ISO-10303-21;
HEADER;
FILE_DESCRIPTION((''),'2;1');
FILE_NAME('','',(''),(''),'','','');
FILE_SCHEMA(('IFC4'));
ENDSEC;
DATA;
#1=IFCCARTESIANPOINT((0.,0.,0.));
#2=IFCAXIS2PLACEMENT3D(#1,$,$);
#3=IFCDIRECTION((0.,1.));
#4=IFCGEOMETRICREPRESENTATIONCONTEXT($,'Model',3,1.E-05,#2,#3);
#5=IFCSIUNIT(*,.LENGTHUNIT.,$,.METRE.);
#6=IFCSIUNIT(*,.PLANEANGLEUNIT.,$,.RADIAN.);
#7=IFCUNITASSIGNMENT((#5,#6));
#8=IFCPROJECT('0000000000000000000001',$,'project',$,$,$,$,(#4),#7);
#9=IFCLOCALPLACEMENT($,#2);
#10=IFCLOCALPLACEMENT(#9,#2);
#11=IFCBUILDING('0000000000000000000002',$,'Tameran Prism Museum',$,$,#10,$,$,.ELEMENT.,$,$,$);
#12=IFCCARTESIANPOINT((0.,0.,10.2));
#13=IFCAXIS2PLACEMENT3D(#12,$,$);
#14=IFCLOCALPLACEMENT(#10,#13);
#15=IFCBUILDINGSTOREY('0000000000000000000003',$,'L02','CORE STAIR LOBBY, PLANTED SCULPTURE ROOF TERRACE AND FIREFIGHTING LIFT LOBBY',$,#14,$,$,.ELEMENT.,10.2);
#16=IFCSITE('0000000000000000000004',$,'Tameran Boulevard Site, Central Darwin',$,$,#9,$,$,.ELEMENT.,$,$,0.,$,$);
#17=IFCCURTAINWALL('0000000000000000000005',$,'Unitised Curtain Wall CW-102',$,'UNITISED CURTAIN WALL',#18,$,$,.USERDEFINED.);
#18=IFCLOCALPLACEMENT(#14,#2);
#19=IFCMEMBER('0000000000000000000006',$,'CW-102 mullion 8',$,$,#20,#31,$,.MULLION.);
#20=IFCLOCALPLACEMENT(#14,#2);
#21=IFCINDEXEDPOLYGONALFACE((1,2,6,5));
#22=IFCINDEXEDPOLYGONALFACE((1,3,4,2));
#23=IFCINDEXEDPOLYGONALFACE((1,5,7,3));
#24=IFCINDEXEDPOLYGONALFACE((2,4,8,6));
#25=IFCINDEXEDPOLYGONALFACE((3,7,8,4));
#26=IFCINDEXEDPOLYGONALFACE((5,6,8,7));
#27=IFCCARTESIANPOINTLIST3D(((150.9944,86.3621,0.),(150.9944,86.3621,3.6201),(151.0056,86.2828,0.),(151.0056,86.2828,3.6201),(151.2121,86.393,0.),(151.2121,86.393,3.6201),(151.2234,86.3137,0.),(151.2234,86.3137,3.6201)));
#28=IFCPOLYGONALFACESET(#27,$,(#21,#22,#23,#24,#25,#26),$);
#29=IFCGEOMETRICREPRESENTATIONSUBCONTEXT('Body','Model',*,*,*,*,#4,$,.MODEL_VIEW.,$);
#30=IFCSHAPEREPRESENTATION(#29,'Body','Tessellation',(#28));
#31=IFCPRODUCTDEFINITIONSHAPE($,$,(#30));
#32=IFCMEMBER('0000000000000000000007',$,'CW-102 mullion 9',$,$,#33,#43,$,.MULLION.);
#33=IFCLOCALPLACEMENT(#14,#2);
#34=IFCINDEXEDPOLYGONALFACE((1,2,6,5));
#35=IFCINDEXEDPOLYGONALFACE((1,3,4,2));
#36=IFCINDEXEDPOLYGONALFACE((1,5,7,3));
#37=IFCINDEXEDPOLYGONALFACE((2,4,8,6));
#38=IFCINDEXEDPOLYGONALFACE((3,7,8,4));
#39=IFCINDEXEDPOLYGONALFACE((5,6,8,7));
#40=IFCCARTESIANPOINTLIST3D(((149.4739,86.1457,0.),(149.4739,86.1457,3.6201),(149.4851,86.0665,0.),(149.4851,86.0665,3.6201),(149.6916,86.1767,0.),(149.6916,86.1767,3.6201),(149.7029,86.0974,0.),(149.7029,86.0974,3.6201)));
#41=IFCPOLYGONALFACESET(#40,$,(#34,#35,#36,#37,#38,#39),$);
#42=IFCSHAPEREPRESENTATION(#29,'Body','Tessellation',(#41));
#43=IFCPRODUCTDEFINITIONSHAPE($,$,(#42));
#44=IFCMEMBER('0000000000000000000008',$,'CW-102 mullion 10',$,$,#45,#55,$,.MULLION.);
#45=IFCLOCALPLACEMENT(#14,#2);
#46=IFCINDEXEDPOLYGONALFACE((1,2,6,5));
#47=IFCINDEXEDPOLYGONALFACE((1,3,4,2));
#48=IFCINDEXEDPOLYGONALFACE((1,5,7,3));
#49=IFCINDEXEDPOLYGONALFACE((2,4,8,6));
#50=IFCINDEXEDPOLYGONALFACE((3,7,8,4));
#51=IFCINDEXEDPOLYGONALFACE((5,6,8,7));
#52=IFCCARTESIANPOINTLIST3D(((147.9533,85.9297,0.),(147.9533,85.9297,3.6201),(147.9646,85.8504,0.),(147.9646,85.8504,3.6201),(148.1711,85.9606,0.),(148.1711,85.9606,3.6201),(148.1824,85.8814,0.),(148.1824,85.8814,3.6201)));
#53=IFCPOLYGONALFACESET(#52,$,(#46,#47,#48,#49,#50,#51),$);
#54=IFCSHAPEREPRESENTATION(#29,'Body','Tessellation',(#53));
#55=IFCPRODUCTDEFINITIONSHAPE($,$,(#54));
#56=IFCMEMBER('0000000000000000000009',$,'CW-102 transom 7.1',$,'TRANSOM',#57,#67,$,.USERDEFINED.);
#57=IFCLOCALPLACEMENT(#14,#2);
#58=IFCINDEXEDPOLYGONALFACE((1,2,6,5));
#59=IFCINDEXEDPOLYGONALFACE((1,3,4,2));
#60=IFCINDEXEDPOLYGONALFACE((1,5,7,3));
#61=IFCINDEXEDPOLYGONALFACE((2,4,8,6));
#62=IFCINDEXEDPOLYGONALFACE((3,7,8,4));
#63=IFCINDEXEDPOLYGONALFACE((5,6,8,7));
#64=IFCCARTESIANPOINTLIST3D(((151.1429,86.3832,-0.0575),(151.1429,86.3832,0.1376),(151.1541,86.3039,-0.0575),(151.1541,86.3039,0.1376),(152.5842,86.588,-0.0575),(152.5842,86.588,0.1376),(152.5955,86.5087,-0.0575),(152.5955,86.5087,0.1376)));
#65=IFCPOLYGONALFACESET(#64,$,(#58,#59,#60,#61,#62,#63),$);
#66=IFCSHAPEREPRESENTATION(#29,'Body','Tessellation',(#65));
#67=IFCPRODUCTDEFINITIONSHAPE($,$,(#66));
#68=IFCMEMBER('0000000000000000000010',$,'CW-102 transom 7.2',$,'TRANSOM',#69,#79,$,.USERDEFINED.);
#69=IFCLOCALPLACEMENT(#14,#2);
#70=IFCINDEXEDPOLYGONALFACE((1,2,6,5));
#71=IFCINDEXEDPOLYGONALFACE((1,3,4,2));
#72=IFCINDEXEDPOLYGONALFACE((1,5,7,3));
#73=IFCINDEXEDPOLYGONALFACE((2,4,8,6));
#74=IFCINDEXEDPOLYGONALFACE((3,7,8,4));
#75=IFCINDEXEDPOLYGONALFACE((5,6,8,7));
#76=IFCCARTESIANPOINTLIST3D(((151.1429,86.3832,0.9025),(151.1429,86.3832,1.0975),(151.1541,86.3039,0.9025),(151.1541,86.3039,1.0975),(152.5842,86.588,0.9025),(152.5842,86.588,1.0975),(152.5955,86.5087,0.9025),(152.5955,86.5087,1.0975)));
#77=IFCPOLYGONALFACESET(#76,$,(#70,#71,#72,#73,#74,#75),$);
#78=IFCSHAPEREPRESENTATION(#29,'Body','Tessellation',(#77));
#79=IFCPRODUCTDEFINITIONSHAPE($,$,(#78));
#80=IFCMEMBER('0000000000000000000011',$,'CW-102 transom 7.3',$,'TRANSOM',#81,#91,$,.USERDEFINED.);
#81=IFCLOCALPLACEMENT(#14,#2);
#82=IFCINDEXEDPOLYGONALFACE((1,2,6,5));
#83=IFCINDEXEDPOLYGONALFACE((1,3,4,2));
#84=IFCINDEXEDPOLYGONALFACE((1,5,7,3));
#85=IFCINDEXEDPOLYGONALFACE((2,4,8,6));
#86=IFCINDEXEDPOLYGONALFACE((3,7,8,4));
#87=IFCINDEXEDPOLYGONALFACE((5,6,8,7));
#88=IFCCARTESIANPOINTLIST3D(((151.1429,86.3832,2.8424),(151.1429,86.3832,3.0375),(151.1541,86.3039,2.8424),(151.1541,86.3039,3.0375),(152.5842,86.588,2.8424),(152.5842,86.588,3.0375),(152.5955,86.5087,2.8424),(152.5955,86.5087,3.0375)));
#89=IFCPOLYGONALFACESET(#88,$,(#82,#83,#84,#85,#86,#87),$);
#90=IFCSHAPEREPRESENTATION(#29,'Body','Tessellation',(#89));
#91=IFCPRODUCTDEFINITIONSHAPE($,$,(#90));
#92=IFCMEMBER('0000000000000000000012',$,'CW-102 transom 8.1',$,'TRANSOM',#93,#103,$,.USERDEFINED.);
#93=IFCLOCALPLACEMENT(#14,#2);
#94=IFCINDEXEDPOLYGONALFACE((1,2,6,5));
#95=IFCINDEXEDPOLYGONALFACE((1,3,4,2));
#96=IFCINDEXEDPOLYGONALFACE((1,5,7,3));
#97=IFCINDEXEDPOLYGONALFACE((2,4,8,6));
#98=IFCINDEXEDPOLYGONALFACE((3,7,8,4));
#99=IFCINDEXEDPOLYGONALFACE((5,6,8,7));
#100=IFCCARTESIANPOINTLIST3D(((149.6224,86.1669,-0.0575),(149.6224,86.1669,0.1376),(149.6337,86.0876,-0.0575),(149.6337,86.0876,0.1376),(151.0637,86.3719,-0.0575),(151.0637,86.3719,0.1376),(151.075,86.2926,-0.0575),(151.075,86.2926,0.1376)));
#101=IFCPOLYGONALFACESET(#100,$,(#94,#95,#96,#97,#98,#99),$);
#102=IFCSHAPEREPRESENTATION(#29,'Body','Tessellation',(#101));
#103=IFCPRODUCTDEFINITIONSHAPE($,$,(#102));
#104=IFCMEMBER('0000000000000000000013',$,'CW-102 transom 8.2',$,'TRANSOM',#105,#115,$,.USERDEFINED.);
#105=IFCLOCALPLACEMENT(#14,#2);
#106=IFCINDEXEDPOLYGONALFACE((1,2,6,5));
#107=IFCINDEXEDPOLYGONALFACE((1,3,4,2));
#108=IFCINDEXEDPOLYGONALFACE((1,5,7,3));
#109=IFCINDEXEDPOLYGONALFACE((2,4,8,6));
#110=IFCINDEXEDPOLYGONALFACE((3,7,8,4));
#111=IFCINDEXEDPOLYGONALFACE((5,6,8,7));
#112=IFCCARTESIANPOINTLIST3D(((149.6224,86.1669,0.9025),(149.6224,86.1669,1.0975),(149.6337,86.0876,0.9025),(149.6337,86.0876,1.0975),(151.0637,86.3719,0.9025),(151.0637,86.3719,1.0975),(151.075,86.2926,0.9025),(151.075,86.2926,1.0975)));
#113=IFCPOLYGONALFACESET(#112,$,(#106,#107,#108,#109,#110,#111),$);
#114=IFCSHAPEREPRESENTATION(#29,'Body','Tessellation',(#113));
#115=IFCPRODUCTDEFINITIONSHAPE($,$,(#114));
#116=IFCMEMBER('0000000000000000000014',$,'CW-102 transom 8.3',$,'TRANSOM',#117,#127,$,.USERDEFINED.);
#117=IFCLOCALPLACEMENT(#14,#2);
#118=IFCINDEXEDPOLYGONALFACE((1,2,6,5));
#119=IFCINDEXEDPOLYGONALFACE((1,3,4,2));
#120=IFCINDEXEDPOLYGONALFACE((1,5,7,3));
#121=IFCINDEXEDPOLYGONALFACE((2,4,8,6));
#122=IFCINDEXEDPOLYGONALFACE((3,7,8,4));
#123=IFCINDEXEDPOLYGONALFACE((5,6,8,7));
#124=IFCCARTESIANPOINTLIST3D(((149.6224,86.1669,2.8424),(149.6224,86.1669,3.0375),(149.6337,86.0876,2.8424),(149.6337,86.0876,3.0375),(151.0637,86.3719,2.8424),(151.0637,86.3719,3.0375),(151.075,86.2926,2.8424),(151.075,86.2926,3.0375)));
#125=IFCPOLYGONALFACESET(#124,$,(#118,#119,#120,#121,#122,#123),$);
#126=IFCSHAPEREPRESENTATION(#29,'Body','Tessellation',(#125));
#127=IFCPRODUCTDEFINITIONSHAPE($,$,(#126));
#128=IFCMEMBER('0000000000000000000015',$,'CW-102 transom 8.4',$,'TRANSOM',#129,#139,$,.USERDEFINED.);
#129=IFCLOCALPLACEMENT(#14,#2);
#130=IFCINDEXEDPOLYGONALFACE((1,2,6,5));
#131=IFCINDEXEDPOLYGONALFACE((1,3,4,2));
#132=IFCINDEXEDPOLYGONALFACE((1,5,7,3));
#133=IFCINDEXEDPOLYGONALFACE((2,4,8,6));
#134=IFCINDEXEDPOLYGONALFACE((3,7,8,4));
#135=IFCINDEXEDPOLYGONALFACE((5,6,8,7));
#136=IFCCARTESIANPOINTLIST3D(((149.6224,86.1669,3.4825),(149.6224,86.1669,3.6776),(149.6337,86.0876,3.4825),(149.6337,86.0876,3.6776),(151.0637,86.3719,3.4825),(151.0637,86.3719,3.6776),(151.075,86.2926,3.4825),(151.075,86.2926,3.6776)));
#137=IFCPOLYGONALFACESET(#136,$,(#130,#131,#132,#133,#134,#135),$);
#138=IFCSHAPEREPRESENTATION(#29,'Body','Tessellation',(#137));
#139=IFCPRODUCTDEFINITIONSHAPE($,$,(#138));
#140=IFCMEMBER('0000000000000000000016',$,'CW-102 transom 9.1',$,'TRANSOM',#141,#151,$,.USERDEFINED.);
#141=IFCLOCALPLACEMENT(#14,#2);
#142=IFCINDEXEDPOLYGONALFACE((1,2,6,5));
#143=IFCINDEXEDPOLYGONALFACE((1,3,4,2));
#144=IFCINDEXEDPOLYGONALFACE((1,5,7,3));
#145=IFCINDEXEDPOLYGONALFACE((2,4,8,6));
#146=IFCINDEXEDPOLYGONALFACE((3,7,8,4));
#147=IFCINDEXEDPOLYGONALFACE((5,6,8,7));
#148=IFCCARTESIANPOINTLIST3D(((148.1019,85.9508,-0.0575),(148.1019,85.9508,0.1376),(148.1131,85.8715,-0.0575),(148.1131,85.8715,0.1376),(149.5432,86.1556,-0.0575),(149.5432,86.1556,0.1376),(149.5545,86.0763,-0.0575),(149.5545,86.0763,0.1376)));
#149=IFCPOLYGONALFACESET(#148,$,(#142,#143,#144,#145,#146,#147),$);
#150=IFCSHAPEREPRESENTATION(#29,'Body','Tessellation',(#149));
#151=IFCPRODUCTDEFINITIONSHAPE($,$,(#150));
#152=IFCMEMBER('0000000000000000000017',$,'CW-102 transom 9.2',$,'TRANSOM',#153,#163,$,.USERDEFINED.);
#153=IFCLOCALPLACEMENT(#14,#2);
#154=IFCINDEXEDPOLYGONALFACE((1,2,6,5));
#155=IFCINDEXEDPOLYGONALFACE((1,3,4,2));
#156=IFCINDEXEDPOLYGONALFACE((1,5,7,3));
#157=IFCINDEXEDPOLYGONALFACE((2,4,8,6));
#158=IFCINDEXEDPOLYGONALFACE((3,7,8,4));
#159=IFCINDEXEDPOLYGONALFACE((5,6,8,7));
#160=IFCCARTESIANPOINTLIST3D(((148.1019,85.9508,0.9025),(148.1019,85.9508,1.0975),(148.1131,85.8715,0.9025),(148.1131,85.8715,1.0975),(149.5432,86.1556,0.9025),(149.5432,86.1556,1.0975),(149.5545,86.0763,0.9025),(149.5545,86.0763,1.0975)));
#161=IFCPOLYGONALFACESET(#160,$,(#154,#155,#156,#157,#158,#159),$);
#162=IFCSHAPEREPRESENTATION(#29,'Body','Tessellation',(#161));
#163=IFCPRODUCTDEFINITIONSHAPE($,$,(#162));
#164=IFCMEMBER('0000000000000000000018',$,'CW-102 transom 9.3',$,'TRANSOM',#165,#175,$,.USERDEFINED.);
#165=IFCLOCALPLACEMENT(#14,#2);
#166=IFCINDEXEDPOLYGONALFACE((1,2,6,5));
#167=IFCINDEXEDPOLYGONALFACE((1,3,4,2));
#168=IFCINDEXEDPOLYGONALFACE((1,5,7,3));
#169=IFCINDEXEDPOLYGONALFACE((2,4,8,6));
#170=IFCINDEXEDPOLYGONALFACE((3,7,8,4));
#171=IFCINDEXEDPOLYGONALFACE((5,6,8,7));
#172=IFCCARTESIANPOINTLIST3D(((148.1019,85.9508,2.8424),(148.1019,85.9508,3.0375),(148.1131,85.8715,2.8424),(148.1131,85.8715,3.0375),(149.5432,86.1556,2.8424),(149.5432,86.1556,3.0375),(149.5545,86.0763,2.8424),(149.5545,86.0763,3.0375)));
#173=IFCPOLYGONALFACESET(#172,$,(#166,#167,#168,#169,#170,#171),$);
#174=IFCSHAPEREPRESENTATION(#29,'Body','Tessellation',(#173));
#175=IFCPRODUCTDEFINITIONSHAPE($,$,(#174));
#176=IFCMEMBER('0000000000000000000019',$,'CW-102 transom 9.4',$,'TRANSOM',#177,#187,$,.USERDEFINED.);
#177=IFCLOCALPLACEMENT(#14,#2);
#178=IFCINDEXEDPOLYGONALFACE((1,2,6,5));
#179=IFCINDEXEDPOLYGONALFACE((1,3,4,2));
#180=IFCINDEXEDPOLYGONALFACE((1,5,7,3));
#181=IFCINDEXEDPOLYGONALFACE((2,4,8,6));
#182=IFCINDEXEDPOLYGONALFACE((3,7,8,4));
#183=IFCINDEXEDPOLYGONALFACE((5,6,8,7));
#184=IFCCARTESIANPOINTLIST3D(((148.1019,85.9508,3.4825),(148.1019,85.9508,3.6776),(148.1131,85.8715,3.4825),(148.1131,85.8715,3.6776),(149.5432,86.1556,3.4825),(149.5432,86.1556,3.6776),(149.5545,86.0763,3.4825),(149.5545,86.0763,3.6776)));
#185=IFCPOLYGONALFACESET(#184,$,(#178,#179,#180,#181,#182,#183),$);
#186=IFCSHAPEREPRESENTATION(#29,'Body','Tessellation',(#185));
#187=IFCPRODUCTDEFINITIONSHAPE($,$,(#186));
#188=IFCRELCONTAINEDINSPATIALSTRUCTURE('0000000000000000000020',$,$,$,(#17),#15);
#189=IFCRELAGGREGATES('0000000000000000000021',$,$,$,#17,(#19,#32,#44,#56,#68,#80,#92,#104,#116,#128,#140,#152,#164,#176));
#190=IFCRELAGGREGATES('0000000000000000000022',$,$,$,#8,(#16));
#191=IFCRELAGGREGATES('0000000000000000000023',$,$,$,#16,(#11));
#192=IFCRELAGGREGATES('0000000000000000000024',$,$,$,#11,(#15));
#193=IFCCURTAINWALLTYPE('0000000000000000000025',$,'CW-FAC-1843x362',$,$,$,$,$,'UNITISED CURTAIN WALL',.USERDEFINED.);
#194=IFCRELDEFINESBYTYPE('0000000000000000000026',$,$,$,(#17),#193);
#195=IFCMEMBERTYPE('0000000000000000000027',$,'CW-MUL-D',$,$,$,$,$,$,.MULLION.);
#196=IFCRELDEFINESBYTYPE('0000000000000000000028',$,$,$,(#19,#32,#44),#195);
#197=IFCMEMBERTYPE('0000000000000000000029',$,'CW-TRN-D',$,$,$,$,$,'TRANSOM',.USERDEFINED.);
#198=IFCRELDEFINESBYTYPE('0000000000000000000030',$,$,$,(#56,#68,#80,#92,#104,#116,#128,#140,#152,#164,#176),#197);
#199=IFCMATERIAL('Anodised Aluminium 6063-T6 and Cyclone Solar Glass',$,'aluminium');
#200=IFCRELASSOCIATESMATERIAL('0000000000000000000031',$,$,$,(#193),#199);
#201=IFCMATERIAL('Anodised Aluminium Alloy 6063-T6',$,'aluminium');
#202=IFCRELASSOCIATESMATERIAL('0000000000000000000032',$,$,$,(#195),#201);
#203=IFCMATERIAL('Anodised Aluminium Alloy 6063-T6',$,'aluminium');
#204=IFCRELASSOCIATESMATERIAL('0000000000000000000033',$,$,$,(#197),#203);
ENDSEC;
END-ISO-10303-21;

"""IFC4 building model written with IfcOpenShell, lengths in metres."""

from ifc_helpers import new_model, si_unit, direction, frame, origin, origin_2d, place, context, subcontext, project, spatial, rectangle, extrude, material, material_profile, profile_set, type_object, element, aggregate, save


model = new_model("IFC4")

# Units and contexts
model_context = context("Model", 3, precision=1e-05, world=origin(), true_north=direction((0.0, 1.0)))
body_context = subcontext(model_context, "Body", "Model", "MODEL_VIEW")
ifc_project = project(units=[si_unit("LENGTHUNIT", "METRE"), si_unit("PLANEANGLEUNIT", "RADIAN")], contexts=[model_context])

# Site, building, storey
site_placement = place(None, origin())
site = spatial("IfcSite", under=ifc_project, at=site_placement, Name="Tameran Boulevard Site, Central Darwin", CompositionType="ELEMENT", RefElevation=0.0)
building_placement = place(site_placement, origin())
building = spatial("IfcBuilding", under=site, at=building_placement, Name="Tameran Prism Museum", CompositionType="ELEMENT")
storey_placement = place(building_placement, frame((0.0, 0.0, 10.2)))
storey = spatial("IfcBuildingStorey", under=building, at=storey_placement, Name="L02", Description="CORE STAIR LOBBY, PLANTED SCULPTURE ROOF TERRACE AND FIREFIGHTING LIFT LOBBY", CompositionType="ELEMENT", Elevation=10.2)

# Curtain wall, members
ifc_material_1 = material(Name="Anodised Aluminium 6063-T6 and Cyclone Solar Glass", Category="aluminium")
curtain_wall_type = type_object("IfcCurtainWallType", Name="CW-FAC-1843x362", ElementType="UNITISED CURTAIN WALL", PredefinedType="USERDEFINED", material=ifc_material_1)
curtain_wall_placement = place(storey_placement, origin())
curtain_wall = element("IfcCurtainWall", 1, at=curtain_wall_placement, inside=storey, type_object=curtain_wall_type, Name="Unitised Curtain Wall CW-102", ObjectType="UNITISED CURTAIN WALL", PredefinedType="USERDEFINED")
ifc_material_2 = material(Name="Anodised Aluminium Alloy 6063-T6", Category="aluminium")
ifc_material_profile_1 = material_profile(ifc_material_2, rectangle(XDim=0.0801, YDim=0.22, at=origin_2d()))
ifc_profile_set_1 = profile_set([ifc_material_profile_1])
member_type_1 = type_object("IfcMemberType", Name="CW-MUL-D", PredefinedType="MULLION", material=ifc_profile_set_1)
member_1_placement = place(storey_placement, frame((151.1089, 86.3379, 0.0), z_axis=(0.0, 0.0, 1.0), x_axis=(0.140745, -0.990046, 0.0)))
member_1 = element("IfcMember", 2, at=member_1_placement, type_object=member_type_1, Name="CW-102 mullion 8", PredefinedType="MULLION", context=body_context, shape_type="SweptSolid", body=[
    extrude(rectangle(XDim=0.0801, YDim=0.22, at=origin_2d()), origin(), (0.0, 0.0, 1.0), 3.6201),
])
member_2_placement = place(storey_placement, frame((149.5884, 86.1216, 0.0), z_axis=(0.0, 0.0, 1.0), x_axis=(0.140745, -0.990046, 0.0)))
member_2 = element("IfcMember", 3, at=member_2_placement, type_object=member_type_1, Name="CW-102 mullion 9", PredefinedType="MULLION", context=body_context, shape_type="SweptSolid", body=[
    extrude(rectangle(XDim=0.0801, YDim=0.22, at=origin_2d()), origin(), (0.0, 0.0, 1.0), 3.6201),
])
member_3_placement = place(storey_placement, frame((148.0679, 85.9055, 0.0), z_axis=(0.0, 0.0, 1.0), x_axis=(0.140745, -0.990046, 0.0)))
member_3 = element("IfcMember", 4, at=member_3_placement, type_object=member_type_1, Name="CW-102 mullion 10", PredefinedType="MULLION", context=body_context, shape_type="SweptSolid", body=[
    extrude(rectangle(XDim=0.0801, YDim=0.22, at=origin_2d()), origin(), (0.0, 0.0, 1.0), 3.6201),
])
ifc_material_3 = material(Name="Anodised Aluminium Alloy 6063-T6", Category="aluminium")
ifc_material_profile_2 = material_profile(ifc_material_3, rectangle(XDim=0.0801, YDim=0.1951, at=origin_2d()))
ifc_profile_set_2 = profile_set([ifc_material_profile_2])
member_type_2 = type_object("IfcMemberType", Name="CW-TRN-D", ElementType="TRANSOM", PredefinedType="USERDEFINED", material=ifc_profile_set_2)
member_4_placement = place(storey_placement, frame((152.5898, 86.5483, 0.04), z_axis=(-0.990053, -0.140694, 0.0), x_axis=(0.140694, -0.990053, 0.0)))
member_4 = element("IfcMember", 5, at=member_4_placement, type_object=member_type_2, Name="CW-102 transom 7.1", ObjectType="TRANSOM", PredefinedType="USERDEFINED", context=body_context, shape_type="SweptSolid", body=[
    extrude(rectangle(XDim=0.0801, YDim=0.1951, at=origin_2d()), origin(), (0.0, 0.0, 1.0), 1.4558),
])
member_5_placement = place(storey_placement, frame((152.5898, 86.5483, 1.0), z_axis=(-0.990053, -0.140694, 0.0), x_axis=(0.140694, -0.990053, 0.0)))
member_5 = element("IfcMember", 6, at=member_5_placement, type_object=member_type_2, Name="CW-102 transom 7.2", ObjectType="TRANSOM", PredefinedType="USERDEFINED", context=body_context, shape_type="SweptSolid", body=[
    extrude(rectangle(XDim=0.0801, YDim=0.1951, at=origin_2d()), origin(), (0.0, 0.0, 1.0), 1.4558),
])
member_6_placement = place(storey_placement, frame((152.5898, 86.5483, 2.9399), z_axis=(-0.990053, -0.140694, 0.0), x_axis=(0.140694, -0.990053, 0.0)))
member_6 = element("IfcMember", 7, at=member_6_placement, type_object=member_type_2, Name="CW-102 transom 7.3", ObjectType="TRANSOM", PredefinedType="USERDEFINED", context=body_context, shape_type="SweptSolid", body=[
    extrude(rectangle(XDim=0.0801, YDim=0.1951, at=origin_2d()), origin(), (0.0, 0.0, 1.0), 1.4558),
])
member_7_placement = place(storey_placement, frame((151.0693, 86.3323, 0.04), z_axis=(-0.99003, -0.140858, 0.0), x_axis=(0.140858, -0.99003, 0.0)))
member_7 = element("IfcMember", 8, at=member_7_placement, type_object=member_type_2, Name="CW-102 transom 8.1", ObjectType="TRANSOM", PredefinedType="USERDEFINED", context=body_context, shape_type="SweptSolid", body=[
    extrude(rectangle(XDim=0.0801, YDim=0.1951, at=origin_2d()), origin(), (0.0, 0.0, 1.0), 1.4558),
])
member_8_placement = place(storey_placement, frame((151.0693, 86.3323, 1.0), z_axis=(-0.99003, -0.140858, 0.0), x_axis=(0.140858, -0.99003, 0.0)))
member_8 = element("IfcMember", 9, at=member_8_placement, type_object=member_type_2, Name="CW-102 transom 8.2", ObjectType="TRANSOM", PredefinedType="USERDEFINED", context=body_context, shape_type="SweptSolid", body=[
    extrude(rectangle(XDim=0.0801, YDim=0.1951, at=origin_2d()), origin(), (0.0, 0.0, 1.0), 1.4558),
])
member_9_placement = place(storey_placement, frame((151.0693, 86.3323, 2.9399), z_axis=(-0.99003, -0.140858, 0.0), x_axis=(0.140858, -0.99003, 0.0)))
member_9 = element("IfcMember", 10, at=member_9_placement, type_object=member_type_2, Name="CW-102 transom 8.3", ObjectType="TRANSOM", PredefinedType="USERDEFINED", context=body_context, shape_type="SweptSolid", body=[
    extrude(rectangle(XDim=0.0801, YDim=0.1951, at=origin_2d()), origin(), (0.0, 0.0, 1.0), 1.4558),
])
member_10_placement = place(storey_placement, frame((151.0693, 86.3323, 3.5801), z_axis=(-0.99003, -0.140858, 0.0), x_axis=(0.140858, -0.99003, 0.0)))
member_10 = element("IfcMember", 11, at=member_10_placement, type_object=member_type_2, Name="CW-102 transom 8.4", ObjectType="TRANSOM", PredefinedType="USERDEFINED", context=body_context, shape_type="SweptSolid", body=[
    extrude(rectangle(XDim=0.0801, YDim=0.1951, at=origin_2d()), origin(), (0.0, 0.0, 1.0), 1.4558),
])
member_11_placement = place(storey_placement, frame((149.5488, 86.116, 0.04), z_axis=(-0.990053, -0.140694, 0.0), x_axis=(0.140694, -0.990053, 0.0)))
member_11 = element("IfcMember", 12, at=member_11_placement, type_object=member_type_2, Name="CW-102 transom 9.1", ObjectType="TRANSOM", PredefinedType="USERDEFINED", context=body_context, shape_type="SweptSolid", body=[
    extrude(rectangle(XDim=0.0801, YDim=0.1951, at=origin_2d()), origin(), (0.0, 0.0, 1.0), 1.4558),
])
member_12_placement = place(storey_placement, frame((149.5488, 86.116, 1.0), z_axis=(-0.990053, -0.140694, 0.0), x_axis=(0.140694, -0.990053, 0.0)))
member_12 = element("IfcMember", 13, at=member_12_placement, type_object=member_type_2, Name="CW-102 transom 9.2", ObjectType="TRANSOM", PredefinedType="USERDEFINED", context=body_context, shape_type="SweptSolid", body=[
    extrude(rectangle(XDim=0.0801, YDim=0.1951, at=origin_2d()), origin(), (0.0, 0.0, 1.0), 1.4558),
])
member_13_placement = place(storey_placement, frame((149.5488, 86.116, 2.9399), z_axis=(-0.990053, -0.140694, 0.0), x_axis=(0.140694, -0.990053, 0.0)))
member_13 = element("IfcMember", 14, at=member_13_placement, type_object=member_type_2, Name="CW-102 transom 9.3", ObjectType="TRANSOM", PredefinedType="USERDEFINED", context=body_context, shape_type="SweptSolid", body=[
    extrude(rectangle(XDim=0.0801, YDim=0.1951, at=origin_2d()), origin(), (0.0, 0.0, 1.0), 1.4558),
])
member_14_placement = place(storey_placement, frame((149.5488, 86.116, 3.5801), z_axis=(-0.990053, -0.140694, 0.0), x_axis=(0.140694, -0.990053, 0.0)))
member_14 = element("IfcMember", 15, at=member_14_placement, type_object=member_type_2, Name="CW-102 transom 9.4", ObjectType="TRANSOM", PredefinedType="USERDEFINED", context=body_context, shape_type="SweptSolid", body=[
    extrude(rectangle(XDim=0.0801, YDim=0.1951, at=origin_2d()), origin(), (0.0, 0.0, 1.0), 1.4558),
])
aggregate(curtain_wall, [member_1, member_2, member_3, member_4, member_5, member_6, member_7, member_8, member_9, member_10, member_11, member_12, member_13, member_14])

save(model, "model.ifc")
